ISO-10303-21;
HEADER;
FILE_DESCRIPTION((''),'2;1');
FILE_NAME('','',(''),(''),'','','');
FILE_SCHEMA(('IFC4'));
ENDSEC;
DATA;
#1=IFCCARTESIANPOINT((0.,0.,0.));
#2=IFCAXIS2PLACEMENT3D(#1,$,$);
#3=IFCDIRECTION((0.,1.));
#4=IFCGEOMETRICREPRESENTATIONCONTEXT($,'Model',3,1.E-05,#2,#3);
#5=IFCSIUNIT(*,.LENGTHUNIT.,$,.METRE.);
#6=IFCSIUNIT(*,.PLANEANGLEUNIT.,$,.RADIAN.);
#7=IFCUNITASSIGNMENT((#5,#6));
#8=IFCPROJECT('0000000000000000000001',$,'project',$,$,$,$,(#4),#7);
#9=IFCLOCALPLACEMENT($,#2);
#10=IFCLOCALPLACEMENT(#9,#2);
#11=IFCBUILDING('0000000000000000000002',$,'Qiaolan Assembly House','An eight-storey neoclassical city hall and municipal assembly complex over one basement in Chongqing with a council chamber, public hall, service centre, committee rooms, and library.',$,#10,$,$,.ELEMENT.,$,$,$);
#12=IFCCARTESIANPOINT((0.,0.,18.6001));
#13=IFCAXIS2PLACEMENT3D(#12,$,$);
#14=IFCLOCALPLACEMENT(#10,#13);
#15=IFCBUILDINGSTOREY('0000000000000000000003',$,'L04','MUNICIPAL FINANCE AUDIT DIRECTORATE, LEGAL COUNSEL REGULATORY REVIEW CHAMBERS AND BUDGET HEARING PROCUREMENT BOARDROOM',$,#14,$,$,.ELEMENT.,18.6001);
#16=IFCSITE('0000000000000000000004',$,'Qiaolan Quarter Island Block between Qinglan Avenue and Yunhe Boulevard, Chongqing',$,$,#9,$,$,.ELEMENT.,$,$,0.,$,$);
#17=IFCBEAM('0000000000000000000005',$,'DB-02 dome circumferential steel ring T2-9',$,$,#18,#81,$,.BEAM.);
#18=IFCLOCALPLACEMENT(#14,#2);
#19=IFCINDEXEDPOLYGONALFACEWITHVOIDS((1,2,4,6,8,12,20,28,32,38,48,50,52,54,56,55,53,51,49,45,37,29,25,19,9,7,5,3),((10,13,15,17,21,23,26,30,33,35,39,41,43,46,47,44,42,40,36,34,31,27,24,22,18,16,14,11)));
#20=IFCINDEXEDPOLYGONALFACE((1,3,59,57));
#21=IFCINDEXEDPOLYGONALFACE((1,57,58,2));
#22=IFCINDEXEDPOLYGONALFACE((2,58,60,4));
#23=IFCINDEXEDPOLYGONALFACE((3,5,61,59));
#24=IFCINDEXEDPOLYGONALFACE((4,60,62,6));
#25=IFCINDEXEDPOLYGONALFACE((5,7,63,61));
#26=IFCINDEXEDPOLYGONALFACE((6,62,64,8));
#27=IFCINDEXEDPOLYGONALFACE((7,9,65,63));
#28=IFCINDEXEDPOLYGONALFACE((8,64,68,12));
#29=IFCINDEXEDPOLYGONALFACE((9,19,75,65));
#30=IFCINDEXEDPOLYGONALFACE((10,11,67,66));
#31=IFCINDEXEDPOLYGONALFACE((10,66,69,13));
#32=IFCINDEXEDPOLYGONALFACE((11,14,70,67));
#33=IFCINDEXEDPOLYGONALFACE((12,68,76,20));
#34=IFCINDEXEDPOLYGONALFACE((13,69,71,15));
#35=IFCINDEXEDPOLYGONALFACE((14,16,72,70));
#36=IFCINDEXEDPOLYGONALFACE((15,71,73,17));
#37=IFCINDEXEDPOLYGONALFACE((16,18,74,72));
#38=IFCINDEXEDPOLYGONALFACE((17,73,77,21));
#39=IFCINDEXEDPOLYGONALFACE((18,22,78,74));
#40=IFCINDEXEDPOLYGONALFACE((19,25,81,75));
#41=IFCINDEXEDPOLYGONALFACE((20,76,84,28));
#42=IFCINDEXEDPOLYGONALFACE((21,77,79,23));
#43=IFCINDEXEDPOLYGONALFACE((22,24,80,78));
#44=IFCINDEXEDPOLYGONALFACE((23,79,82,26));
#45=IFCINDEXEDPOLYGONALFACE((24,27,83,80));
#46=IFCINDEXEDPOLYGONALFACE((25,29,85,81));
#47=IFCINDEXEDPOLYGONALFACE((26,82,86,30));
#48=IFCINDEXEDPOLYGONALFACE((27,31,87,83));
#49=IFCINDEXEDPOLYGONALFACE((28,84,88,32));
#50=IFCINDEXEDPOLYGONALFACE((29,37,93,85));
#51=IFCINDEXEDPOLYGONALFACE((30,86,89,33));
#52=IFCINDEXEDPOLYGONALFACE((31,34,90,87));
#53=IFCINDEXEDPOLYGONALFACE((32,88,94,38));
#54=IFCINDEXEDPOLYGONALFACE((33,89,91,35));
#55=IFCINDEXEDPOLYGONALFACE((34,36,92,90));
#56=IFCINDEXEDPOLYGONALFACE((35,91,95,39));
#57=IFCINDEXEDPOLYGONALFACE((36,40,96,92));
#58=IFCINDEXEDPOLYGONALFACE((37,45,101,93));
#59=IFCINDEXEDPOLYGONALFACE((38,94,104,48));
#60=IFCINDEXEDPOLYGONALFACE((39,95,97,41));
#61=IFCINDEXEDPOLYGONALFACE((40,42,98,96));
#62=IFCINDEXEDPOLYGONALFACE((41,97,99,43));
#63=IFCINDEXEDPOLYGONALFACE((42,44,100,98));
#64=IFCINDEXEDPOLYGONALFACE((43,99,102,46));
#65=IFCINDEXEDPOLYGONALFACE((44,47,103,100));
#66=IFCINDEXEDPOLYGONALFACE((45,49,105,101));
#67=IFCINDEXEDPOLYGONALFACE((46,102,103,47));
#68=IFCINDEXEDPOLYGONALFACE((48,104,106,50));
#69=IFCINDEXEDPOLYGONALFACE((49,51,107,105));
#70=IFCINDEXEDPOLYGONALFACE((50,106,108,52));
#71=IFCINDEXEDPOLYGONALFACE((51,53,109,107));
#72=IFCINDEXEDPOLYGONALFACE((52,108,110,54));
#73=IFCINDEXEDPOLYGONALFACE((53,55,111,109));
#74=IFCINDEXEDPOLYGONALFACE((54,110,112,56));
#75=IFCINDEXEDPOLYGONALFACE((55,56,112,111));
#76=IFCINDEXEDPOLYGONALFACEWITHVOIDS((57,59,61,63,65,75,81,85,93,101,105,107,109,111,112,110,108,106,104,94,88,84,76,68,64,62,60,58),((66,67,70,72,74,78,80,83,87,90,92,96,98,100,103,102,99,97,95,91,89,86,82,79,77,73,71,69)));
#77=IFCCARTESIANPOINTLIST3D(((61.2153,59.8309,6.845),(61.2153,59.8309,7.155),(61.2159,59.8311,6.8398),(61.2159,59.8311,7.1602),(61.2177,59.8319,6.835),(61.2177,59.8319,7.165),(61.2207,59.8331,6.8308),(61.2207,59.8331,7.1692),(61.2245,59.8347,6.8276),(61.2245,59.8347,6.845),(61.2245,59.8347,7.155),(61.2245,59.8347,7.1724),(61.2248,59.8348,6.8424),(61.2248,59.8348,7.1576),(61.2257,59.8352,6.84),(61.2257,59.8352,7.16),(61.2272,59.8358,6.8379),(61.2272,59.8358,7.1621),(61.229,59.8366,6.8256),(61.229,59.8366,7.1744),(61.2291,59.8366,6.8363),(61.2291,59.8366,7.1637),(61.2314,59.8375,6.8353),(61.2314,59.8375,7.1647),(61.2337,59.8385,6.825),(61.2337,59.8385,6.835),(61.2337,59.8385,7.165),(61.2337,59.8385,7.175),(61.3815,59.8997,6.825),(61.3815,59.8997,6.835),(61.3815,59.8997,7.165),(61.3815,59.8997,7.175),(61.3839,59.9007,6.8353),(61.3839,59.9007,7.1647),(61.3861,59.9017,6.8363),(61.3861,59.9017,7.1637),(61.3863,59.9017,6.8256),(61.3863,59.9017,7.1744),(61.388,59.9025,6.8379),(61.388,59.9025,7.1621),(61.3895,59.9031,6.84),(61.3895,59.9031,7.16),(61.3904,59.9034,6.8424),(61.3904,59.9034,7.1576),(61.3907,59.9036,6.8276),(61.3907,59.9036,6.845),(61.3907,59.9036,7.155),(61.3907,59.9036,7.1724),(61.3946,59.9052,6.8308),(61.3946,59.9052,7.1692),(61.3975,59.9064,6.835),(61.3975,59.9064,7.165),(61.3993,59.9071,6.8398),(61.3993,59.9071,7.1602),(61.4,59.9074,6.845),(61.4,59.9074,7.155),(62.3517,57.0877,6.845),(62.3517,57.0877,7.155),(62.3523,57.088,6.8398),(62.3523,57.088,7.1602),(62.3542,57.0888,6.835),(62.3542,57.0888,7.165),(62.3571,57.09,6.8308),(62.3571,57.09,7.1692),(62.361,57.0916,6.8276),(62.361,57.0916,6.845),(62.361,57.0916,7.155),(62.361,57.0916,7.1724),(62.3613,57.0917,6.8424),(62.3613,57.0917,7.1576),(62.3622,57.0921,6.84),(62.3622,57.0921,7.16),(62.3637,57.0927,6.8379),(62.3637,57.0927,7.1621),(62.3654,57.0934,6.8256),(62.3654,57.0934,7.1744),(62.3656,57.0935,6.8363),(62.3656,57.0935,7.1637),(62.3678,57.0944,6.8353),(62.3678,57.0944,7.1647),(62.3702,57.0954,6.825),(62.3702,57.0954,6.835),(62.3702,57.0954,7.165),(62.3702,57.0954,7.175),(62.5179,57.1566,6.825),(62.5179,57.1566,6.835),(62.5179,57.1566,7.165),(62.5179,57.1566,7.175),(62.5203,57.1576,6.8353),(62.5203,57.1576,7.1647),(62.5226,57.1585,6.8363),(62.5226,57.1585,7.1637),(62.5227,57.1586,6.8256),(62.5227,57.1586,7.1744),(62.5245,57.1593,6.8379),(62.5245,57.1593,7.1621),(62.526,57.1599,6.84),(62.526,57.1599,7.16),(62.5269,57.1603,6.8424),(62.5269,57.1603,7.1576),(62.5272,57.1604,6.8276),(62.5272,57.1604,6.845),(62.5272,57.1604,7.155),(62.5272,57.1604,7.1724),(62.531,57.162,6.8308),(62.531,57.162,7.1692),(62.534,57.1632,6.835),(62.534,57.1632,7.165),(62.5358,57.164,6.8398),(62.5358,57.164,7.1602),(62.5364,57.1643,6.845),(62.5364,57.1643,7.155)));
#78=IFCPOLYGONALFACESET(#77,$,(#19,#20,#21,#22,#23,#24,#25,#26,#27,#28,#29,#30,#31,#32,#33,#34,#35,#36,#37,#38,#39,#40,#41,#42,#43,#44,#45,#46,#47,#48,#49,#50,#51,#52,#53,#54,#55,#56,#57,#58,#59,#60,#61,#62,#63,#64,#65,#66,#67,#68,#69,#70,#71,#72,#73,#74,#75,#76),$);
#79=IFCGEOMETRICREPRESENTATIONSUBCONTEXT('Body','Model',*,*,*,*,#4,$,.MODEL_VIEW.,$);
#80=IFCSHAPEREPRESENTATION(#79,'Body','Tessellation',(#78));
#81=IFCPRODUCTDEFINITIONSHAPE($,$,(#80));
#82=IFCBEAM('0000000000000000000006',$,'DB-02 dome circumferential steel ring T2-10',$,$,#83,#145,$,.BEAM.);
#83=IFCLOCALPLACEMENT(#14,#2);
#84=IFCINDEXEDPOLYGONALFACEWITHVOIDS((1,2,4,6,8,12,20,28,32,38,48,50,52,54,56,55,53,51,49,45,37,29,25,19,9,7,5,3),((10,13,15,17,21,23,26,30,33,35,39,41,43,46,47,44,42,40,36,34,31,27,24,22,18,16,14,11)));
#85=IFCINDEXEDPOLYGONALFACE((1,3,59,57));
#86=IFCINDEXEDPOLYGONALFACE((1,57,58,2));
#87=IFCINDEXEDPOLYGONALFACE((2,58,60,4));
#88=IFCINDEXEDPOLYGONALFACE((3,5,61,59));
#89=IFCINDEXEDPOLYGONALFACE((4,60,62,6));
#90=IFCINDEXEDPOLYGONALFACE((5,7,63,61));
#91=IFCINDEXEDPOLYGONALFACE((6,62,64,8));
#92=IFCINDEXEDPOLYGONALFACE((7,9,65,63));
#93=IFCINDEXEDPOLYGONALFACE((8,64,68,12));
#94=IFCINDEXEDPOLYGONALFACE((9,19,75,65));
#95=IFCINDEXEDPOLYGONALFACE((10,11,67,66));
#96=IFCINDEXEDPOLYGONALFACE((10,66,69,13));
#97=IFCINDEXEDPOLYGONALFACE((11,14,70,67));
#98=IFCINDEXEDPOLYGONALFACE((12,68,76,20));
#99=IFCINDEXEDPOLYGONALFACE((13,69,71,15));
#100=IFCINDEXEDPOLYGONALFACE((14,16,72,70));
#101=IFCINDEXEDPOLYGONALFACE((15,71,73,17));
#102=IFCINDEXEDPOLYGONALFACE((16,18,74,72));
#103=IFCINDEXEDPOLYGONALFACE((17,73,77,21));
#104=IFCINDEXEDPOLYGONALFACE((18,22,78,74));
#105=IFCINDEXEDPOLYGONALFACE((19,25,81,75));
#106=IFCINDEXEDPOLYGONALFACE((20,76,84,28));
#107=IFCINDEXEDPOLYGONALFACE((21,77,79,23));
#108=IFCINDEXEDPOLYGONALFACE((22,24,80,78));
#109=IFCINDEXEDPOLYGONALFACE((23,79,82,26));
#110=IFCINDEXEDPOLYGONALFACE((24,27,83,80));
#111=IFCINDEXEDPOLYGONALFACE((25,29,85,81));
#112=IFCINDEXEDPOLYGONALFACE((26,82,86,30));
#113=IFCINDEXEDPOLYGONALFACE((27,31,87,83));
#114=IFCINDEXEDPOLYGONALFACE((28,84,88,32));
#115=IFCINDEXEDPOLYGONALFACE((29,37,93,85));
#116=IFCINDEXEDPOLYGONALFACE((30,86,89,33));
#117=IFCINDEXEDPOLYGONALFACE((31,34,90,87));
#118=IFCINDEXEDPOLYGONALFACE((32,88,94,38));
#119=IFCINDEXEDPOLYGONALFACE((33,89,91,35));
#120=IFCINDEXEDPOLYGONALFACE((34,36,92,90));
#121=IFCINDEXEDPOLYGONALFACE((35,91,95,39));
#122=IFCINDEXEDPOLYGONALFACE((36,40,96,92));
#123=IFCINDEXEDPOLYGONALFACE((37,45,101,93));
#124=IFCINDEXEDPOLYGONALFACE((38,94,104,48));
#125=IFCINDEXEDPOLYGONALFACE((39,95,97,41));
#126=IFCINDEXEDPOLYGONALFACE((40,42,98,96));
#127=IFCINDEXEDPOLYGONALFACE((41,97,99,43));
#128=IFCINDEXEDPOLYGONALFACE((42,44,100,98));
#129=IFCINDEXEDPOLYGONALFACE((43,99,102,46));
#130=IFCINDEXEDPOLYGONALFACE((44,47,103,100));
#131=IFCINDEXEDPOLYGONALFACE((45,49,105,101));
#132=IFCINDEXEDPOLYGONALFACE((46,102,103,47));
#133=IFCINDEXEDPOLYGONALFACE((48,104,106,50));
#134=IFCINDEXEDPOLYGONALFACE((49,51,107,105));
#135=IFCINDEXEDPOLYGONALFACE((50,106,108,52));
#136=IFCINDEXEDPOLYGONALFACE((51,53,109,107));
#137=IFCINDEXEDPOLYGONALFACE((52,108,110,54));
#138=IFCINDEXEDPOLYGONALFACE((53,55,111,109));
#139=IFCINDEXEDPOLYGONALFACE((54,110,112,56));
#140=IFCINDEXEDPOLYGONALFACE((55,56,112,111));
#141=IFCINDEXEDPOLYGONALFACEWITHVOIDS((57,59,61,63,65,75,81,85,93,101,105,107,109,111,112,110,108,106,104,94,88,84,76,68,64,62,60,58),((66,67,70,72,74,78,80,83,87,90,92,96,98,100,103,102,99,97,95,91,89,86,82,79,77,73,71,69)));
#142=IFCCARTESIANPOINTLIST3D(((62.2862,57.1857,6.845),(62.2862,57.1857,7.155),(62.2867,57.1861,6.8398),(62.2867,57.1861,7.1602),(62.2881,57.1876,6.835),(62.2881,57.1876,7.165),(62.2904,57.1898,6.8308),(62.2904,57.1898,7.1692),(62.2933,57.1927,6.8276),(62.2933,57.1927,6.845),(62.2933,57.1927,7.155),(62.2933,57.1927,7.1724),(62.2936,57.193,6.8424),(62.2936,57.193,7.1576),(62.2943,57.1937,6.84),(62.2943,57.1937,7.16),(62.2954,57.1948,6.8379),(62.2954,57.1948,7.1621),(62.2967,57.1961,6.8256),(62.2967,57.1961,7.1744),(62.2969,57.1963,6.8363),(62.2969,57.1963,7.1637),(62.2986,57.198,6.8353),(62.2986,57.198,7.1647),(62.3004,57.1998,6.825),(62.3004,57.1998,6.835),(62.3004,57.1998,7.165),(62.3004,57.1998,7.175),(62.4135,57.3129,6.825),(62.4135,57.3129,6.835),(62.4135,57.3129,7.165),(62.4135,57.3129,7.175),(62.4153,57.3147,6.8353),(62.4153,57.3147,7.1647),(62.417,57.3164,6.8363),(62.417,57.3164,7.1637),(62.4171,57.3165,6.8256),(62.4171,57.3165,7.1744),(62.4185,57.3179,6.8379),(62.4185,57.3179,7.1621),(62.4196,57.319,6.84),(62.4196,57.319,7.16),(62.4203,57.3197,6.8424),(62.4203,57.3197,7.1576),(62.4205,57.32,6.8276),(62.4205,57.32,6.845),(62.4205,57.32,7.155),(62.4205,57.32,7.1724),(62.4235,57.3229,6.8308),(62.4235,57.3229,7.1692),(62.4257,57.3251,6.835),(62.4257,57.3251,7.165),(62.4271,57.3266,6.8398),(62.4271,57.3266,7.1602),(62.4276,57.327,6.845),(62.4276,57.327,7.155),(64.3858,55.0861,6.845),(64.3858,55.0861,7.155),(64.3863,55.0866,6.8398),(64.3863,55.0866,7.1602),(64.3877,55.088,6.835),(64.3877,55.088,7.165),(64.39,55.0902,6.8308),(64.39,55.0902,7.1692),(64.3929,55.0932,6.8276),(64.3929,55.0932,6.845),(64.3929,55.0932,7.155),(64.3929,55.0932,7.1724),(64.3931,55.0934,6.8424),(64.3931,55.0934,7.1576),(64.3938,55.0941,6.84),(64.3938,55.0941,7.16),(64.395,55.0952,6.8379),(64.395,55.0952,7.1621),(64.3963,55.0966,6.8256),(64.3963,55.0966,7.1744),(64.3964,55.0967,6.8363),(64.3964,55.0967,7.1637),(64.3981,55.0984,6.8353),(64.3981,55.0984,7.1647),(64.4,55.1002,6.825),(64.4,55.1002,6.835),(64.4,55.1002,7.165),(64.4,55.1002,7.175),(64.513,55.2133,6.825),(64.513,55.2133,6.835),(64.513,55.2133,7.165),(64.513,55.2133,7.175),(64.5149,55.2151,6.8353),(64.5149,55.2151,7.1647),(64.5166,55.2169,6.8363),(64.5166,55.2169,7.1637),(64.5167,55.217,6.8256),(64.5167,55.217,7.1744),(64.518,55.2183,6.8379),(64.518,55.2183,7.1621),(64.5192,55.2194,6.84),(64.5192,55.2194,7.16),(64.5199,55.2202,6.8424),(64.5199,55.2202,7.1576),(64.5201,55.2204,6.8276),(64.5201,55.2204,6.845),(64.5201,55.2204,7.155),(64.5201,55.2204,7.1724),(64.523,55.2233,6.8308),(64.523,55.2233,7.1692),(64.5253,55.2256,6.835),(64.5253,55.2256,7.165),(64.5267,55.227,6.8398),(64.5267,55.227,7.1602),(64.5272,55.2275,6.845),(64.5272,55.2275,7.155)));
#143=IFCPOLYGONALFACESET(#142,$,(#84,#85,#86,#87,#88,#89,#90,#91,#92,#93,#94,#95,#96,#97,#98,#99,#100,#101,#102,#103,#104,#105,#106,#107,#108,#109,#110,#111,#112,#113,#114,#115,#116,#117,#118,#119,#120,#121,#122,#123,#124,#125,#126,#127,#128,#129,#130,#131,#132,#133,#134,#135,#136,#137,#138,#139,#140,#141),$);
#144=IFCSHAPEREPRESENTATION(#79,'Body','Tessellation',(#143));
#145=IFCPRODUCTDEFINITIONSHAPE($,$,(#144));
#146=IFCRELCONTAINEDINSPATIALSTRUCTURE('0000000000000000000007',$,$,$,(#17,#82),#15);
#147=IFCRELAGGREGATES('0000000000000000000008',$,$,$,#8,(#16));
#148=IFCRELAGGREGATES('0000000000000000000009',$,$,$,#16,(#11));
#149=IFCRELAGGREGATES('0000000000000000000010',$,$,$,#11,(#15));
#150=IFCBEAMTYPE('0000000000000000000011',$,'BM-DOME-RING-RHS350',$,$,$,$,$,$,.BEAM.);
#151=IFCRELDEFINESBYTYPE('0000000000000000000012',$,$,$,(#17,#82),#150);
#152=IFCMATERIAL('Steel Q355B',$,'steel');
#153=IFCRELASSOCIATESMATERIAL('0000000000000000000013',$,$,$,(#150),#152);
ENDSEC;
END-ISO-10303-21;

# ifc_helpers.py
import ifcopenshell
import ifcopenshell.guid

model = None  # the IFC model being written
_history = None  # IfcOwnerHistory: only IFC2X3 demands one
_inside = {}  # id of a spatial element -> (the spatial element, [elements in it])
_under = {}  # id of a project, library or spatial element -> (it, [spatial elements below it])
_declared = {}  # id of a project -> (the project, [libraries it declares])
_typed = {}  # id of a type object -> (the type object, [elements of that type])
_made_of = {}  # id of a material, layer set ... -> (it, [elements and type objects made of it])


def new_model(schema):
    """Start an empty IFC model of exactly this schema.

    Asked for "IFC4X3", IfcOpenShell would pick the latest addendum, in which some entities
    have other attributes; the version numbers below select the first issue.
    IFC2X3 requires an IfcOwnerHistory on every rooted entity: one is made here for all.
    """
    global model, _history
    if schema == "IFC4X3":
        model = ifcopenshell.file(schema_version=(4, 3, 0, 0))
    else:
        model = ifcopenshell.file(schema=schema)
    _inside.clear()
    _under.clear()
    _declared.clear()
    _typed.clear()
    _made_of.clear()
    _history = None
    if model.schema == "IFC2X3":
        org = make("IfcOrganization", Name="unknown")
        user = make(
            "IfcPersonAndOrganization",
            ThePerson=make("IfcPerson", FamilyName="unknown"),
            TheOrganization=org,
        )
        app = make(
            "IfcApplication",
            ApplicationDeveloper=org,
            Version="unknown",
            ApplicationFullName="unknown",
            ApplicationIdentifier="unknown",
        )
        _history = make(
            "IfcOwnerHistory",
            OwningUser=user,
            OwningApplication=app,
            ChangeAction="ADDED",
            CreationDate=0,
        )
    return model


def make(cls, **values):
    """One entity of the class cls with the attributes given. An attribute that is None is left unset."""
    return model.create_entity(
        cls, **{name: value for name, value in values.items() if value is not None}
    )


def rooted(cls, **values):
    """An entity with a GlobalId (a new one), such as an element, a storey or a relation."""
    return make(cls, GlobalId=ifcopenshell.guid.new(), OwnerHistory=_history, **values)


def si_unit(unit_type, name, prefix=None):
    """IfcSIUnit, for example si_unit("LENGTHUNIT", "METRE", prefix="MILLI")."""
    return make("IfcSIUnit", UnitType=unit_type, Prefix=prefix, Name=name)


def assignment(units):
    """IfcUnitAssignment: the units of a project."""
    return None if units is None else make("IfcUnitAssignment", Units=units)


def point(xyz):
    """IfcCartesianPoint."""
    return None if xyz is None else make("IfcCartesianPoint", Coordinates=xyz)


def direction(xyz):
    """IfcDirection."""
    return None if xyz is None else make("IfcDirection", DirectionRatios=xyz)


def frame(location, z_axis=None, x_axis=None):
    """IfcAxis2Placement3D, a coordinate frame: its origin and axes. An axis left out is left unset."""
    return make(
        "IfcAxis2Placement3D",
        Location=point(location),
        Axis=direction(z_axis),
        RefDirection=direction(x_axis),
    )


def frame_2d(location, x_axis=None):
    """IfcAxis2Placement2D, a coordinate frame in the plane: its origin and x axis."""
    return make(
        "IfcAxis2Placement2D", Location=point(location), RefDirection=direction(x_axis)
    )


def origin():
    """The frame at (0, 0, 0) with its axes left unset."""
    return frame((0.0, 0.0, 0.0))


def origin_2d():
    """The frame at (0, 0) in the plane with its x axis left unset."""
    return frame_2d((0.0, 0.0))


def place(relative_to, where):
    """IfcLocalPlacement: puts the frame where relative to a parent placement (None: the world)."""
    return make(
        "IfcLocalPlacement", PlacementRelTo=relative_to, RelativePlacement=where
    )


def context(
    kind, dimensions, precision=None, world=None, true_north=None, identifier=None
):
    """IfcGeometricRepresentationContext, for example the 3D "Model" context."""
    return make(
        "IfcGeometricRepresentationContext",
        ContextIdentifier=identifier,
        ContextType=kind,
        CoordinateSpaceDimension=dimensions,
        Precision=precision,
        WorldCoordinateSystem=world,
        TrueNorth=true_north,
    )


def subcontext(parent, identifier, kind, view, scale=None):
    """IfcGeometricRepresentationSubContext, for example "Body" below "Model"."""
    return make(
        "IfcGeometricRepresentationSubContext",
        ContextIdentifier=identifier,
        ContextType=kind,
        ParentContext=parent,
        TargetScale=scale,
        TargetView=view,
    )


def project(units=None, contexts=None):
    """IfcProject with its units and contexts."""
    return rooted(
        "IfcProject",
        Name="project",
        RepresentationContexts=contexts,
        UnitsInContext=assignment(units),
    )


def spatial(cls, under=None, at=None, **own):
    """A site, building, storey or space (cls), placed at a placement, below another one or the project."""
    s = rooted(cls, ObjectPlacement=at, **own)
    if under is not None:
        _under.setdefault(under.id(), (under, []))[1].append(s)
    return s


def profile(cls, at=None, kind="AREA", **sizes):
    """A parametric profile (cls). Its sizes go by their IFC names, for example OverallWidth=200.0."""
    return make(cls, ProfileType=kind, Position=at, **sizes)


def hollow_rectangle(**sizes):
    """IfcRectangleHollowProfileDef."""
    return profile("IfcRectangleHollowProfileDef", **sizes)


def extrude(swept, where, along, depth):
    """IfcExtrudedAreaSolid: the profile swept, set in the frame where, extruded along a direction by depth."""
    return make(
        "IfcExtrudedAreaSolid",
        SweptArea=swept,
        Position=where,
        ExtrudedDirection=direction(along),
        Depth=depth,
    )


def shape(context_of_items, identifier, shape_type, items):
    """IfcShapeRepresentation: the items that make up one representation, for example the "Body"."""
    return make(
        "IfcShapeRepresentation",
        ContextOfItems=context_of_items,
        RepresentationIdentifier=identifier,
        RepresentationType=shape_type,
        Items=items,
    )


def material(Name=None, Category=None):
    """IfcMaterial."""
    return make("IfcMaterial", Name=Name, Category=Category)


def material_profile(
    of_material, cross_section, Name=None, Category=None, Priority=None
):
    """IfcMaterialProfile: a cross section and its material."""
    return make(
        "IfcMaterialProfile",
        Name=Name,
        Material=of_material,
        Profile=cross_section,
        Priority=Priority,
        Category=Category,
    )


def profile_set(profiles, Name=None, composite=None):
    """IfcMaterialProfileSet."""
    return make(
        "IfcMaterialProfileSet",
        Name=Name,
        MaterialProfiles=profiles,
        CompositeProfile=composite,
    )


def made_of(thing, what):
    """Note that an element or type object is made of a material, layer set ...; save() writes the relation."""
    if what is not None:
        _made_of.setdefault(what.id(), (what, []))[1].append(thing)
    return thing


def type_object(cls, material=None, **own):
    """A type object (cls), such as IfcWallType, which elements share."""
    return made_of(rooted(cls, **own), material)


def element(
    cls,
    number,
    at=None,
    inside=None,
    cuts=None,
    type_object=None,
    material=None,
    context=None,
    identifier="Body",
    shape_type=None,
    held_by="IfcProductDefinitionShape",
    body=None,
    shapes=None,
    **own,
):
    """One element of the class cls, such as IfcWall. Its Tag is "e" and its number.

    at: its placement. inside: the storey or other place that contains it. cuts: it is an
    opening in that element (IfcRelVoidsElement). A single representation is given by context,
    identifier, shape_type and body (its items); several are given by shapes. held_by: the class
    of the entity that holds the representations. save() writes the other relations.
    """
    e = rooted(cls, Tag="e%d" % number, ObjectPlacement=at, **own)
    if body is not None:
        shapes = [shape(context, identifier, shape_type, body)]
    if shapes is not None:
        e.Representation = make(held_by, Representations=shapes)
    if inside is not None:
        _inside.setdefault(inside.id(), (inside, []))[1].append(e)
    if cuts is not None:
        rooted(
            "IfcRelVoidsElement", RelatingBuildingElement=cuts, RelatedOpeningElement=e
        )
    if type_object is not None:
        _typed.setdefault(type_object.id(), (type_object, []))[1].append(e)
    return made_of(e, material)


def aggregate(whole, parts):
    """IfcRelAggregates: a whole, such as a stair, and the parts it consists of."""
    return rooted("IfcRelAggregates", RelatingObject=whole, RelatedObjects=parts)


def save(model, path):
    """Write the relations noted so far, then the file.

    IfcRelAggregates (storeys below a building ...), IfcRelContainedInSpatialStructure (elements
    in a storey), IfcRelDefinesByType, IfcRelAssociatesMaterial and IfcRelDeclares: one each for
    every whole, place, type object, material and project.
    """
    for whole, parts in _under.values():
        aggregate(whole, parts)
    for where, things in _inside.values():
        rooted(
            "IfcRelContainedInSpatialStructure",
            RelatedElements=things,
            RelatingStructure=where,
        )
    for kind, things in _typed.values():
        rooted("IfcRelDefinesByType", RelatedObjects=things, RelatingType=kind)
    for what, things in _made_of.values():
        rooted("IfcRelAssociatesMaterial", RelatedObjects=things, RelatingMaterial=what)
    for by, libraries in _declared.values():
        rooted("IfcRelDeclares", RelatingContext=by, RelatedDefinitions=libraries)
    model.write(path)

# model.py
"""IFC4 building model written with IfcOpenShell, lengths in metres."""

from ifc_helpers import new_model, si_unit, direction, frame, origin, origin_2d, place, context, subcontext, project, spatial, hollow_rectangle, extrude, material, material_profile, profile_set, type_object, element, save


model = new_model("IFC4")

# Units and contexts
model_context = context("Model", 3, precision=1e-05, world=origin(), true_north=direction((0.0, 1.0)))
body_context = subcontext(model_context, "Body", "Model", "MODEL_VIEW")
ifc_project = project(units=[si_unit("LENGTHUNIT", "METRE"), si_unit("PLANEANGLEUNIT", "RADIAN")], contexts=[model_context])

# Site, building, storey
site_placement = place(None, origin())
site = spatial("IfcSite", under=ifc_project, at=site_placement, Name="Qiaolan Quarter Island Block between Qinglan Avenue and Yunhe Boulevard, Chongqing", CompositionType="ELEMENT", RefElevation=0.0)
building_placement = place(site_placement, origin())
building = spatial("IfcBuilding", under=site, at=building_placement, Name="Qiaolan Assembly House", Description="An eight-storey neoclassical city hall and municipal assembly complex over one basement in Chongqing with a council chamber, public hall, service centre, committee rooms, and library.", CompositionType="ELEMENT")
storey_placement = place(building_placement, frame((0.0, 0.0, 18.6001)))
storey = spatial("IfcBuildingStorey", under=building, at=storey_placement, Name="L04", Description="MUNICIPAL FINANCE AUDIT DIRECTORATE, LEGAL COUNSEL REGULATORY REVIEW CHAMBERS AND BUDGET HEARING PROCUREMENT BOARDROOM", CompositionType="ELEMENT", Elevation=18.6001)

# Beams
ifc_material_1 = material(Name="Steel Q355B", Category="steel")
ifc_material_profile_1 = material_profile(ifc_material_1, hollow_rectangle(XDim=0.2, YDim=0.3501, WallThickness=0.01, InnerFilletRadius=0.01, OuterFilletRadius=0.02, at=origin_2d()), Name="RHS 350x200x10")
ifc_profile_set_1 = profile_set([ifc_material_profile_1], Name="Steel Q355B")
beam_type_1 = type_object("IfcBeamType", Name="BM-DOME-RING-RHS350", PredefinedType="BEAM", material=ifc_profile_set_1)
for number, where, z_axis, x_axis, name in (
    (1, (61.3076, 59.8691, 7.0), (0.382746, -0.923853, 0.0), (0.923853, 0.382746, 0.0), "DB-02 dome circumferential steel ring T2-9"),
    (2, (62.3569, 57.2563, 7.0), (0.707107, -0.707107, 0.0), (0.707107, 0.707107, 0.0), "DB-02 dome circumferential steel ring T2-10"),
):
    element("IfcBeam", number, at=place(storey_placement, frame(where, z_axis=z_axis, x_axis=x_axis)), inside=storey, type_object=beam_type_1, Name=name, PredefinedType="BEAM", context=body_context, shape_type="SweptSolid", body=[
        extrude(hollow_rectangle(XDim=0.2, YDim=0.3501, WallThickness=0.01, InnerFilletRadius=0.01, OuterFilletRadius=0.02, at=origin_2d()), origin(), (0.0, 0.0, 1.0), 2.9692),
    ])

save(model, "model.ifc")
